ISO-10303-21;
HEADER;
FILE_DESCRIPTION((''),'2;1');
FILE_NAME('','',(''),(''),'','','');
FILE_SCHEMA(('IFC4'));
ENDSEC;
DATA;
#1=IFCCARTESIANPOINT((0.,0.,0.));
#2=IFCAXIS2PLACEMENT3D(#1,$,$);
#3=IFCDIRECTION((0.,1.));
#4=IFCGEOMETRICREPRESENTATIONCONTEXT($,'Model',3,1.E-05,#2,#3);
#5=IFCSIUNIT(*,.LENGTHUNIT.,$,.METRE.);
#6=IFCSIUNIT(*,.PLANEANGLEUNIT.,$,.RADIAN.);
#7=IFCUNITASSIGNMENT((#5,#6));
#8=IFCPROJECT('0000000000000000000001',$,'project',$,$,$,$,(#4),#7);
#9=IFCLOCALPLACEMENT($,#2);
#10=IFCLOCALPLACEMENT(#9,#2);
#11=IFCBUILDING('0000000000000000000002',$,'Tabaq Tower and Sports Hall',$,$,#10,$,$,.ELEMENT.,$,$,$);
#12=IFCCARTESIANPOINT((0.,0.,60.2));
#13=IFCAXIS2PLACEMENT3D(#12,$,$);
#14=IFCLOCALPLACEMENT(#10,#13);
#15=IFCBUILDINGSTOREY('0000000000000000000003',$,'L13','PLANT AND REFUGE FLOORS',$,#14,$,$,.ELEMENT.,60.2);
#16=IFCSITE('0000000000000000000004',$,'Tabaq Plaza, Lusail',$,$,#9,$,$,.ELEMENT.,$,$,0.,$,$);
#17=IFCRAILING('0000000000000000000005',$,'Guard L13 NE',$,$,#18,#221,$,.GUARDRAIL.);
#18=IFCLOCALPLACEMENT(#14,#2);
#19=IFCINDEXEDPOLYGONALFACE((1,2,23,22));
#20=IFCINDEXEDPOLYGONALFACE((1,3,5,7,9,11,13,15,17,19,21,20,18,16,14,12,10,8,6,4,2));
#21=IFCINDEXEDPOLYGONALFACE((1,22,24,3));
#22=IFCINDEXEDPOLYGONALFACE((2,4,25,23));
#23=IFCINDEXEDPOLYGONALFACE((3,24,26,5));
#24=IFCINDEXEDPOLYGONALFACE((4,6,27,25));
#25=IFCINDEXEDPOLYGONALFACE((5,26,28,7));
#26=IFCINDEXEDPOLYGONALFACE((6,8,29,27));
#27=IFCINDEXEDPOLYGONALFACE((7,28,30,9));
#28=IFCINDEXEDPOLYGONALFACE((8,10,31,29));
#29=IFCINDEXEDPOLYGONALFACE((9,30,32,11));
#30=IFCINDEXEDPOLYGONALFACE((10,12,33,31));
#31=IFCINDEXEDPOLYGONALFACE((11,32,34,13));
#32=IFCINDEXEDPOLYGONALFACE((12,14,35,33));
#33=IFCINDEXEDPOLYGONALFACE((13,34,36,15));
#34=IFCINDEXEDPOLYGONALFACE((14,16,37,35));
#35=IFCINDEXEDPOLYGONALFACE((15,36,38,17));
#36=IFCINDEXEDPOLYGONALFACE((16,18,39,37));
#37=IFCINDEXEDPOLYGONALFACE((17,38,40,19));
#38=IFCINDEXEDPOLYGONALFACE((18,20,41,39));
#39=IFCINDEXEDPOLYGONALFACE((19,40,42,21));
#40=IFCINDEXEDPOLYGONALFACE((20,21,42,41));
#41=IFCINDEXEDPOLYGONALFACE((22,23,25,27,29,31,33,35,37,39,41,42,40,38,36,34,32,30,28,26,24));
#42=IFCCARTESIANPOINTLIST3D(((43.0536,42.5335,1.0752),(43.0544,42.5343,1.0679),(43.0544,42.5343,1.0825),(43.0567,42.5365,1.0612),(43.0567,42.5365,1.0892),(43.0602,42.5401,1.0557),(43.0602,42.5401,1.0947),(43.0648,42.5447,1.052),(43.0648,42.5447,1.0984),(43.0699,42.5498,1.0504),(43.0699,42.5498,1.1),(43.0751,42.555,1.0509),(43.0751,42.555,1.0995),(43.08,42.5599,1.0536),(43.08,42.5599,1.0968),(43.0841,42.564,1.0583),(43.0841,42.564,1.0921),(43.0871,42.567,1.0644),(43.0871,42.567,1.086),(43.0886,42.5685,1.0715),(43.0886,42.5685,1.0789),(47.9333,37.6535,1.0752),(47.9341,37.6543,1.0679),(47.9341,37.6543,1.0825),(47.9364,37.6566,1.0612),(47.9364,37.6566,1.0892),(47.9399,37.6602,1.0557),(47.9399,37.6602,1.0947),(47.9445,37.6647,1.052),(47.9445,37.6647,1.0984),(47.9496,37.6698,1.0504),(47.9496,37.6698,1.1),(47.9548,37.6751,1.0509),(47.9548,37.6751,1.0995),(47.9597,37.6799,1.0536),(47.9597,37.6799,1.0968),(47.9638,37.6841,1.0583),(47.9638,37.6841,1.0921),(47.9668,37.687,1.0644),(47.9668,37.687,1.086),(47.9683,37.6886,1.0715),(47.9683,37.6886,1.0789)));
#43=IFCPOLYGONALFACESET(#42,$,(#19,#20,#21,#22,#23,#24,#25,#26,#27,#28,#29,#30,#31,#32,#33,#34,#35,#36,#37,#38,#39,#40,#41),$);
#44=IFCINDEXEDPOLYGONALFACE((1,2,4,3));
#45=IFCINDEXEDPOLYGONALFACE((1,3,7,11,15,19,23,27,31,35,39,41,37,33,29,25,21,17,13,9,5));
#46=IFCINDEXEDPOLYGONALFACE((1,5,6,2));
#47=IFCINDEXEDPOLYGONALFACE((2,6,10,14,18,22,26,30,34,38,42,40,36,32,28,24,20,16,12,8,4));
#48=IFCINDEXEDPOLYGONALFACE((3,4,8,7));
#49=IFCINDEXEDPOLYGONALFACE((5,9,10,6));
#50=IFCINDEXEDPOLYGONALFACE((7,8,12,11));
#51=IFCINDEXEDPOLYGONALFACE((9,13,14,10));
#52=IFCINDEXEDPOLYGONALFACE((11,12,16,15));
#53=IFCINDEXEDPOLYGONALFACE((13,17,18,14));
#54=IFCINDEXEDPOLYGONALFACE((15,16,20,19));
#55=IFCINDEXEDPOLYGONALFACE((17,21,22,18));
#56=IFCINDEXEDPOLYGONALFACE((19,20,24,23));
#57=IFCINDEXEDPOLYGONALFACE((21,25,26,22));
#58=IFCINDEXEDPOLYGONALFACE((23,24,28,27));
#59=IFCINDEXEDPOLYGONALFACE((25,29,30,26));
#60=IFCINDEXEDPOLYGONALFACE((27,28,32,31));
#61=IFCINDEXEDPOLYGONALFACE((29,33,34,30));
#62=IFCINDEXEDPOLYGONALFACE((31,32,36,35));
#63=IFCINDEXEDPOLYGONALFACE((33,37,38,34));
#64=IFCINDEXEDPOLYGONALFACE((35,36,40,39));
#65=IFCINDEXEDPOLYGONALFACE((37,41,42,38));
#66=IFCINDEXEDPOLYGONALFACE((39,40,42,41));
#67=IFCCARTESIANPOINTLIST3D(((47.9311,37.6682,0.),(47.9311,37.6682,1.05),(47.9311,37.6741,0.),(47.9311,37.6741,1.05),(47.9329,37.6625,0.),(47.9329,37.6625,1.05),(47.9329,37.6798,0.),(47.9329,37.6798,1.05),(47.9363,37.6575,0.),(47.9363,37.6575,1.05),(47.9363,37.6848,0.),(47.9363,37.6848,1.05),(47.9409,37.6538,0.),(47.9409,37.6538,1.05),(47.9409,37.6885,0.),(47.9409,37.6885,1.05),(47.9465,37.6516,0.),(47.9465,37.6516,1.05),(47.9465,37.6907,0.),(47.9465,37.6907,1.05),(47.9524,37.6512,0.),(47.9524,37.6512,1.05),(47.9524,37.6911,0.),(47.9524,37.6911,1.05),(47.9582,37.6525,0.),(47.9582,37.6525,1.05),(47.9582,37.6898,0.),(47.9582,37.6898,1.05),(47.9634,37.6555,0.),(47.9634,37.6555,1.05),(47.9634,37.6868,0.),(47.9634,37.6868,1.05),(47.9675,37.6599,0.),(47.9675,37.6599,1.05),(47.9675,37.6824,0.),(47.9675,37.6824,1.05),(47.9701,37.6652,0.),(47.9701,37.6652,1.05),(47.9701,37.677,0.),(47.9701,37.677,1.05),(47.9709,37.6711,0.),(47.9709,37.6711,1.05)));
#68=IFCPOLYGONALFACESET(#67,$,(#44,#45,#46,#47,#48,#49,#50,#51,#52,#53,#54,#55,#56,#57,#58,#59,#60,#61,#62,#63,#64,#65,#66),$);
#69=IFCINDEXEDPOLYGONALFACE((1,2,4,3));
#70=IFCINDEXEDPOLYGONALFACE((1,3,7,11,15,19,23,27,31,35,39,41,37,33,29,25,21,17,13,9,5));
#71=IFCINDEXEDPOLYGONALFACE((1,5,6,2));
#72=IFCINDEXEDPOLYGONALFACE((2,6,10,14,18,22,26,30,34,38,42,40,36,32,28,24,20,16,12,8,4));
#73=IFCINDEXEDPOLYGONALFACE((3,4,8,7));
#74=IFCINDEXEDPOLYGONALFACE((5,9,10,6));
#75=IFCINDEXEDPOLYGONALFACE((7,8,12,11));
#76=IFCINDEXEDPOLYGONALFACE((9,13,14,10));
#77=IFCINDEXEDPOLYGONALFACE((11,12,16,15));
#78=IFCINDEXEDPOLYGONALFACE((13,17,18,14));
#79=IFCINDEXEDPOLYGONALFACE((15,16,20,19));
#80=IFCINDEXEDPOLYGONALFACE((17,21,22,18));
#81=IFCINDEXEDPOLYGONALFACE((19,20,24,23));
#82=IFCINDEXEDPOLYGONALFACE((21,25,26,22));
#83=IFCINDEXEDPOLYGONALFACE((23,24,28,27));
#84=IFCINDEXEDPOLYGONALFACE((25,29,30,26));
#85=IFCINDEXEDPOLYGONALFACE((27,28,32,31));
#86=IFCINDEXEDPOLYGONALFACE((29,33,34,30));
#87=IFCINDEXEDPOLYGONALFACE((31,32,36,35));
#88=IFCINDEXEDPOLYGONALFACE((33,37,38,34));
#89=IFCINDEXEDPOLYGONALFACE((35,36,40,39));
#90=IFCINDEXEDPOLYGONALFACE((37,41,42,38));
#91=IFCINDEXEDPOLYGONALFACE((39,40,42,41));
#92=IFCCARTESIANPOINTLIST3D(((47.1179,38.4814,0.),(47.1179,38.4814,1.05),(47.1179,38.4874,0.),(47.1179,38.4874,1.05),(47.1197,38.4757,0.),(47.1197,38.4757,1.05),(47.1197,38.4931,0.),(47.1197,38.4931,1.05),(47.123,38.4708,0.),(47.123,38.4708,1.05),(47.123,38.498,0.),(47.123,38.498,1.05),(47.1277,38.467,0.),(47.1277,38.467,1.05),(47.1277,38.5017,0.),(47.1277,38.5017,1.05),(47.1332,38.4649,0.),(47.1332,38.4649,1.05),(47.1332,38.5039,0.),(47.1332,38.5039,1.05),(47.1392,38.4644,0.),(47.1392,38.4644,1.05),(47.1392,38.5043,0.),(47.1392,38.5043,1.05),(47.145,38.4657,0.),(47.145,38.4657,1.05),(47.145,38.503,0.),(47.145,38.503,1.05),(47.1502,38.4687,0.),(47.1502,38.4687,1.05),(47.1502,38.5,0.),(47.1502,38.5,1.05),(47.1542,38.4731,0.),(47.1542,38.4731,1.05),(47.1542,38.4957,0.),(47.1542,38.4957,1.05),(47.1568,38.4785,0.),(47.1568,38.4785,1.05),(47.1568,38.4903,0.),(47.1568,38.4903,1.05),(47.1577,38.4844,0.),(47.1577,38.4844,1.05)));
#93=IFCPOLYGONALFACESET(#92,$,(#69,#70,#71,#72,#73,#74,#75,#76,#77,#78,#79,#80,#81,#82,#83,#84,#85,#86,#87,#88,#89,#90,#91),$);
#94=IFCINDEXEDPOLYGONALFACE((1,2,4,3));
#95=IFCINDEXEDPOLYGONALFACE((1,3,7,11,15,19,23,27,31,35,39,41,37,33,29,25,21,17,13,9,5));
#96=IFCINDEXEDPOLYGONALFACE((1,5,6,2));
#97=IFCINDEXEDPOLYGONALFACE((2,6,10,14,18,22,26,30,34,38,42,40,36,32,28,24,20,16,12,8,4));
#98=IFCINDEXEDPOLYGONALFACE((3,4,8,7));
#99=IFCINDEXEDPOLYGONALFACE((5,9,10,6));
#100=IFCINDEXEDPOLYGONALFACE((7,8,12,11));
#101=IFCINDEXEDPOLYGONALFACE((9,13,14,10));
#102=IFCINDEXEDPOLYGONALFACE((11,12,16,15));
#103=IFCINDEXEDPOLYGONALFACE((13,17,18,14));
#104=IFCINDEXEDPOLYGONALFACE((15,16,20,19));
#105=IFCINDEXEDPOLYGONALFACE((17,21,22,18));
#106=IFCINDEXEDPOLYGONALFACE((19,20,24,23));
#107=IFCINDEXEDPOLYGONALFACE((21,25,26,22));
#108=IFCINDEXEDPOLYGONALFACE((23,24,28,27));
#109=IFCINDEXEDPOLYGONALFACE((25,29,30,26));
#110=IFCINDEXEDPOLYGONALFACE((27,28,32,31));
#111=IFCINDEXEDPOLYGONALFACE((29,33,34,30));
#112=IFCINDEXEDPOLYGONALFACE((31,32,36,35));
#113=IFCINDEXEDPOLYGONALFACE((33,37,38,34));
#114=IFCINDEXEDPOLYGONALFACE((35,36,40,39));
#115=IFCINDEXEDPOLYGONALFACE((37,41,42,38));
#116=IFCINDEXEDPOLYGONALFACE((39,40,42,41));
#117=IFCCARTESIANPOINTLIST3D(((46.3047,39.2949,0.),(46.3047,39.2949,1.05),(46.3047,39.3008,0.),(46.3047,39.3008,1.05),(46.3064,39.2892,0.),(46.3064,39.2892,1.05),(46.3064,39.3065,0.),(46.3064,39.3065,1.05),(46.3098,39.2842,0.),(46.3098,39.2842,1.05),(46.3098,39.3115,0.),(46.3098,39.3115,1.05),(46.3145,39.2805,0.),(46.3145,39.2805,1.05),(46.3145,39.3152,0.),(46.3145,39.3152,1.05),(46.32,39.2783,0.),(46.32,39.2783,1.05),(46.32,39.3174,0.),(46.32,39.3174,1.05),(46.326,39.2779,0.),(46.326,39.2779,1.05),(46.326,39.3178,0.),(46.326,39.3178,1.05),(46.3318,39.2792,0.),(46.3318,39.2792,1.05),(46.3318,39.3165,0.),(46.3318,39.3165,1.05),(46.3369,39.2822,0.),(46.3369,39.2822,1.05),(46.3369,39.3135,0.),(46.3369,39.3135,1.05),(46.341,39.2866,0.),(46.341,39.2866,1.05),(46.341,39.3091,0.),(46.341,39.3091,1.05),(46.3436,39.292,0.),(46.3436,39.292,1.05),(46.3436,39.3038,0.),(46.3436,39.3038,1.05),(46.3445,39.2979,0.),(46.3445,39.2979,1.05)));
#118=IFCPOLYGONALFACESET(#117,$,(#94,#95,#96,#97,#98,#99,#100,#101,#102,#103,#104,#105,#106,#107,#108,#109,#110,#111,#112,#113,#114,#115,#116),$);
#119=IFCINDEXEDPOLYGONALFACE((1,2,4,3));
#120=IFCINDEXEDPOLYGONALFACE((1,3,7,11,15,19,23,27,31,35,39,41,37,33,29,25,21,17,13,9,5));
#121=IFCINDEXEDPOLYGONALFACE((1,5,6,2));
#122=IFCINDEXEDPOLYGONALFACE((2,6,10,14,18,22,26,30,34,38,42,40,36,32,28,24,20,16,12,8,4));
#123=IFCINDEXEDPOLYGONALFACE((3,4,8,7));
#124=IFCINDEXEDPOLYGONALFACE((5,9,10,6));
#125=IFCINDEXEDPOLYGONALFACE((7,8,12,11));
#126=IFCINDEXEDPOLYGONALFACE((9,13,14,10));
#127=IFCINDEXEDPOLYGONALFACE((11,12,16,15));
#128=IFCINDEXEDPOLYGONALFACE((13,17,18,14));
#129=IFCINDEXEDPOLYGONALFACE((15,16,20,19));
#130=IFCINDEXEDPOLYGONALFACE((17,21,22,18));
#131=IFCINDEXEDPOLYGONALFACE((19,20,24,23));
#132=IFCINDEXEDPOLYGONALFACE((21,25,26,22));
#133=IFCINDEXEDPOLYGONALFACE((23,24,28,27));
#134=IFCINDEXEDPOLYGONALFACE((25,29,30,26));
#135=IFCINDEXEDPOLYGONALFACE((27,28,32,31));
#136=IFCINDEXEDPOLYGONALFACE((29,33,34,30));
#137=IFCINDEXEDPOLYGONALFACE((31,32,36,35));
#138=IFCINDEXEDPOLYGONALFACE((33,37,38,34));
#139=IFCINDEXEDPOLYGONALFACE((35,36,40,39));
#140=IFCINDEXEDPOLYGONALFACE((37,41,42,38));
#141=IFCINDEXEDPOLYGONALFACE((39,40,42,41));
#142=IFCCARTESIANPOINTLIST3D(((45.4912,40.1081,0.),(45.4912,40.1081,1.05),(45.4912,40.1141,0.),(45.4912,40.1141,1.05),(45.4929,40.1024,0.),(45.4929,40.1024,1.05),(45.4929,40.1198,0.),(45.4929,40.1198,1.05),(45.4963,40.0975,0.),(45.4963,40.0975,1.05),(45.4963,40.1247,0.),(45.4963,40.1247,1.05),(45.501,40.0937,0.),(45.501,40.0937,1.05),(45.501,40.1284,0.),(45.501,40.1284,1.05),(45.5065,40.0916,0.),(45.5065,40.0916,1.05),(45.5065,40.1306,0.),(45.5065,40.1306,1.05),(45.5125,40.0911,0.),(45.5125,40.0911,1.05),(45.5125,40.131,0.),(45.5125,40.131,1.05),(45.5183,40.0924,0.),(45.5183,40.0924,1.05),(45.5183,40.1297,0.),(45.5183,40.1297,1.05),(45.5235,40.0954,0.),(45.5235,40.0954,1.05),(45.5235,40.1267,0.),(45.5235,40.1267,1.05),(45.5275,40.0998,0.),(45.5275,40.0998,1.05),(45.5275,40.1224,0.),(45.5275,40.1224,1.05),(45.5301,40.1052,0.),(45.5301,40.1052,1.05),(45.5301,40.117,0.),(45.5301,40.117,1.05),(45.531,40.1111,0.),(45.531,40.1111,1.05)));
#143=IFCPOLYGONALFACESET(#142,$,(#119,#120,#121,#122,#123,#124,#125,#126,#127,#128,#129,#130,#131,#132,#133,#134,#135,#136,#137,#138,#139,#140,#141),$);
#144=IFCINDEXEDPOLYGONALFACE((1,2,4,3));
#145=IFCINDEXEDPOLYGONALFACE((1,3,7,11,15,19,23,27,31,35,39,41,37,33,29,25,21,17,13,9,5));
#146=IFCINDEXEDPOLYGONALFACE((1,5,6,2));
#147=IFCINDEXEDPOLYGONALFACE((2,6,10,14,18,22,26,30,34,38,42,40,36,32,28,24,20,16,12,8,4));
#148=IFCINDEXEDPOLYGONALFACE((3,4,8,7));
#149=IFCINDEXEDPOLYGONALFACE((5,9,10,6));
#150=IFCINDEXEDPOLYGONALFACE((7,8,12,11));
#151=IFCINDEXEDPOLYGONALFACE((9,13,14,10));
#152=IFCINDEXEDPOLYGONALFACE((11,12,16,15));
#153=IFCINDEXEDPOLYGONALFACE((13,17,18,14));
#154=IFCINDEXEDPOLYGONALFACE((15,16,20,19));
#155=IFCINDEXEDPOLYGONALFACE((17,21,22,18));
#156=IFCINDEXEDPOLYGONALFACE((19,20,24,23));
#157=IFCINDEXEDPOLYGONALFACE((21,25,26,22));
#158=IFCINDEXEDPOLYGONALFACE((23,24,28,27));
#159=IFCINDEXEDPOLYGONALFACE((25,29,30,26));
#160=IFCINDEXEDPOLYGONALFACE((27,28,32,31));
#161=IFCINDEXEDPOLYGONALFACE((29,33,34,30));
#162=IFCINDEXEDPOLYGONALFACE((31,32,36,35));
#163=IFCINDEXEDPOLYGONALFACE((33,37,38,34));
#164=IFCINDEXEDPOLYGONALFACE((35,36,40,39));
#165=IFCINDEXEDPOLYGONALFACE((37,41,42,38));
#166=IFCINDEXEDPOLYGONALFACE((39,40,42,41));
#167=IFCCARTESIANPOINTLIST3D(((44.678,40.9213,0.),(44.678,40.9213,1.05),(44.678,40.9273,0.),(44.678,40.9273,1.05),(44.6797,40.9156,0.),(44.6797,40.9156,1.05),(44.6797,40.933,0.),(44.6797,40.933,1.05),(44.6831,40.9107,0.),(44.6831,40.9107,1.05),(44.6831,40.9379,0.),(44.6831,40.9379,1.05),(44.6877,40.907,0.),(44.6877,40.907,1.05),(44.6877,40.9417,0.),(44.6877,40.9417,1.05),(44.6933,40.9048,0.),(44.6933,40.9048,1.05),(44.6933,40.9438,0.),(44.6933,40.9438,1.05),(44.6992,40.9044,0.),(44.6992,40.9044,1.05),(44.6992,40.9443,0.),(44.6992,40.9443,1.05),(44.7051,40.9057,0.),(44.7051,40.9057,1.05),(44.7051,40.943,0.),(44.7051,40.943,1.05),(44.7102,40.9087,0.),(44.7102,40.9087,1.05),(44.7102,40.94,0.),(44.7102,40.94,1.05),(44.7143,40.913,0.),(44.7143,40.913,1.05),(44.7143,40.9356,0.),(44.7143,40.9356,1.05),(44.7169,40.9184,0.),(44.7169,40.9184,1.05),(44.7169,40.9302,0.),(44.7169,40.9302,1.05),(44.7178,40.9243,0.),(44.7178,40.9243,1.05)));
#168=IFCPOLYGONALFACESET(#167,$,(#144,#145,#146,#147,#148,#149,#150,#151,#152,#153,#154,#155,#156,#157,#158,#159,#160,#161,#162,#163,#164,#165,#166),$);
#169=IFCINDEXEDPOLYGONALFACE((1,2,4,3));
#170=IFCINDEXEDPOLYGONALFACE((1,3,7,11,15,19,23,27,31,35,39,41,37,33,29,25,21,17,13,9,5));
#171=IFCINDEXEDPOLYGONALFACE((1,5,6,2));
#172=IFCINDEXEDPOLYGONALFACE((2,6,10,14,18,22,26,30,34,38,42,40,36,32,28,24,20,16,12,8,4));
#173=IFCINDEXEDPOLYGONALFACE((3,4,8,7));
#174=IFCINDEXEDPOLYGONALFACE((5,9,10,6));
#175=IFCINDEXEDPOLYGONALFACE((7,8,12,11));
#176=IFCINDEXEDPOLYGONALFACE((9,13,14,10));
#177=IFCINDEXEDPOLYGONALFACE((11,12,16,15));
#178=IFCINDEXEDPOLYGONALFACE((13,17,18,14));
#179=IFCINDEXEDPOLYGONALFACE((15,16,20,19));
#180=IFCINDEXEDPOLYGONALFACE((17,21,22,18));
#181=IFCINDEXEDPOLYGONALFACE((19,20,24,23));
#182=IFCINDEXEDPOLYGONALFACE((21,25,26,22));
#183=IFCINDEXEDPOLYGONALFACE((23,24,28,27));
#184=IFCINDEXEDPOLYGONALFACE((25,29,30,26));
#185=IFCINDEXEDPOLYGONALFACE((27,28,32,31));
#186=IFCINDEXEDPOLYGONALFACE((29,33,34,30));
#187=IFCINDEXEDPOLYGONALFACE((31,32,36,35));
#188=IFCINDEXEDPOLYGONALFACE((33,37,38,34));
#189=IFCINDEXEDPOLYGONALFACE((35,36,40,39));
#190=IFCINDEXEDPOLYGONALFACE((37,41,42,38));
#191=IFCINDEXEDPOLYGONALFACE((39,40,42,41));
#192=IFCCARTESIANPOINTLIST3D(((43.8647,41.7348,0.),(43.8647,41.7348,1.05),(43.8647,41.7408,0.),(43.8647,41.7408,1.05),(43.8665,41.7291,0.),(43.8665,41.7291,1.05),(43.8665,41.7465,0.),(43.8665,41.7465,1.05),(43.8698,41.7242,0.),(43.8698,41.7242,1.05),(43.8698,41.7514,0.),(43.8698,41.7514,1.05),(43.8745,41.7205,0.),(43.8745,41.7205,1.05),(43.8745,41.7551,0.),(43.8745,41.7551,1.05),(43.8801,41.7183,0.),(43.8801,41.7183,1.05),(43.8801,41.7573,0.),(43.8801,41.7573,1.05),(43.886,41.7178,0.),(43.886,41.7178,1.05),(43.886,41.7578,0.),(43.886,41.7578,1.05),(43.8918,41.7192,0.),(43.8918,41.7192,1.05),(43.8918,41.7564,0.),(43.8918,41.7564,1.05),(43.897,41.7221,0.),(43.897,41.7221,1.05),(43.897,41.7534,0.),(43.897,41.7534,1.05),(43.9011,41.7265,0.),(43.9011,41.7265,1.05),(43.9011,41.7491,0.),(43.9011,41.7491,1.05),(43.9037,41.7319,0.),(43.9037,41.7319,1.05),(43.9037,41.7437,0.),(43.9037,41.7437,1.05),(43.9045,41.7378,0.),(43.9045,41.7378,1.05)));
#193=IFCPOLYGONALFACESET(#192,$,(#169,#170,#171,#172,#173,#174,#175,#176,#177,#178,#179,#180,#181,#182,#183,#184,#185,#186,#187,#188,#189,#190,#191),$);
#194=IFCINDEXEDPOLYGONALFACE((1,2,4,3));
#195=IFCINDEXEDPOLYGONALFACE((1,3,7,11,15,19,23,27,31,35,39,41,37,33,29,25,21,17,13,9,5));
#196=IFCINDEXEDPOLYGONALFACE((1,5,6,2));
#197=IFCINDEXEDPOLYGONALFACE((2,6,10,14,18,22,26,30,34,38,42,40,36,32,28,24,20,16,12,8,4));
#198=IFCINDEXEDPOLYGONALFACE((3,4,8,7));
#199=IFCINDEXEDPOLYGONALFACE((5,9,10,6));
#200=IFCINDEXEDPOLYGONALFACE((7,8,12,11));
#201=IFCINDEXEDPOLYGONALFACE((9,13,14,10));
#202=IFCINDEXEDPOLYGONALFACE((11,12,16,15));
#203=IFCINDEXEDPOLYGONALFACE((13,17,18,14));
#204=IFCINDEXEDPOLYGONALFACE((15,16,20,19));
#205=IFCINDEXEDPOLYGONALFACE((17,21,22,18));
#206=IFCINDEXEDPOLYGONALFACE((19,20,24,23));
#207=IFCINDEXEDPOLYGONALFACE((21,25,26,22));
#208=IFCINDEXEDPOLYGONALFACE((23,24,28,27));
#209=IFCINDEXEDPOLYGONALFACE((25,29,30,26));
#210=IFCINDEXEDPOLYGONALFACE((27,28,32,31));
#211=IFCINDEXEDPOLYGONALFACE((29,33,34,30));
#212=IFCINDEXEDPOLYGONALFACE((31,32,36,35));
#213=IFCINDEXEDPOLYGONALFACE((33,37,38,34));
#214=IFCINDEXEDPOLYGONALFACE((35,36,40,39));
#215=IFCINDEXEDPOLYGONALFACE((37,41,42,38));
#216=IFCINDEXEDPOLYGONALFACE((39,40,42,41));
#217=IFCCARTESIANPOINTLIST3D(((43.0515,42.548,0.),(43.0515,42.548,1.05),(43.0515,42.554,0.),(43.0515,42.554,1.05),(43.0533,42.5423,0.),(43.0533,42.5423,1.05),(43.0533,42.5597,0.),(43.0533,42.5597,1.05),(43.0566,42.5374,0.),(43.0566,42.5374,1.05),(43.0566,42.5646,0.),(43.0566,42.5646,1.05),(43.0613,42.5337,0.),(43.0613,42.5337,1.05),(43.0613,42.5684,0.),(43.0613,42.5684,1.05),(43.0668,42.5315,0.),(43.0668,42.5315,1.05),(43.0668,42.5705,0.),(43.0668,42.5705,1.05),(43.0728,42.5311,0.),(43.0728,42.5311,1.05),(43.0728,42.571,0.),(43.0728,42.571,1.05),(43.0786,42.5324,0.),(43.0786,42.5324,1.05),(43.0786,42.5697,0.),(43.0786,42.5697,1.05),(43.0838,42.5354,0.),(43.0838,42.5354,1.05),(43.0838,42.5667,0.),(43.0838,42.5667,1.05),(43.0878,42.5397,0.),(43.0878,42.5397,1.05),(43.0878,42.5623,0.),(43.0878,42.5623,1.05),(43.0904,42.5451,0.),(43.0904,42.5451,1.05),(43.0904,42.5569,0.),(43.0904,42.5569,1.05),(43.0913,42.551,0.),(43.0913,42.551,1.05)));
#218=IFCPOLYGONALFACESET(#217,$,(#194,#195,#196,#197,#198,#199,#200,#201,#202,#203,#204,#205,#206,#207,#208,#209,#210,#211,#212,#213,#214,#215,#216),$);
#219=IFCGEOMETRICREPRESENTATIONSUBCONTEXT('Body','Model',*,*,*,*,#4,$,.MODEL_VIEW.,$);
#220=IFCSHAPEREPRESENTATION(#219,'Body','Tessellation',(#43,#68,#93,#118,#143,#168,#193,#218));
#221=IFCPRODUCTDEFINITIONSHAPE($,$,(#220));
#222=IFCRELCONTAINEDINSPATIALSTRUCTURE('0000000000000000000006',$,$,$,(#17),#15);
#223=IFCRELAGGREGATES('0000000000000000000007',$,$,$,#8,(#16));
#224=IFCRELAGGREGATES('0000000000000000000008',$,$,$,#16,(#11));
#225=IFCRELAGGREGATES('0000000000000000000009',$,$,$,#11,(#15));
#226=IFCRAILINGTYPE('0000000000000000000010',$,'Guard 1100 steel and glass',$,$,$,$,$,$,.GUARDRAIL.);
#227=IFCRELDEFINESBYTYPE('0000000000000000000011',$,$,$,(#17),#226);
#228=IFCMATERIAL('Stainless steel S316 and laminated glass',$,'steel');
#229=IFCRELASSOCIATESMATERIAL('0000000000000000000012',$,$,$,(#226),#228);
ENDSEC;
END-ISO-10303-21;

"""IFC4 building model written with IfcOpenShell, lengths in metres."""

from ifc_helpers import new_model, si_unit, direction, frame, origin, origin_2d, place, context, subcontext, project, spatial, circle, extrude, material, type_object, element, save


model = new_model("IFC4")

# Units and contexts
model_context = context("Model", 3, precision=1e-05, world=origin(), true_north=direction((0.0, 1.0)))
body_context = subcontext(model_context, "Body", "Model", "MODEL_VIEW")
ifc_project = project(units=[si_unit("LENGTHUNIT", "METRE"), si_unit("PLANEANGLEUNIT", "RADIAN")], contexts=[model_context])

# Site, building, storey
site_placement = place(None, origin())
site = spatial("IfcSite", under=ifc_project, at=site_placement, Name="Tabaq Plaza, Lusail", CompositionType="ELEMENT", RefElevation=0.0)
building_placement = place(site_placement, origin())
building = spatial("IfcBuilding", under=site, at=building_placement, Name="Tabaq Tower and Sports Hall", CompositionType="ELEMENT")
storey_placement = place(building_placement, frame((0.0, 0.0, 60.2)))
storey = spatial("IfcBuildingStorey", under=building, at=storey_placement, Name="L13", Description="PLANT AND REFUGE FLOORS", CompositionType="ELEMENT", Elevation=60.2)

# Railing
ifc_material_1 = material(Name="Stainless steel S316 and laminated glass", Category="steel")
railing_type = type_object("IfcRailingType", Name="Guard 1100 steel and glass", PredefinedType="GUARDRAIL", material=ifc_material_1)
railing_1_placement = place(storey_placement, frame((47.9509, 37.6711, 0.0)))
element("IfcRailing", 1, at=railing_1_placement, inside=storey, type_object=railing_type, Name="Guard L13 NE", PredefinedType="GUARDRAIL", context=body_context, shape_type="SweptSolid", body=[
    extrude(circle(Radius=0.0249, at=origin_2d()), frame((0.0, 0.0, 1.0752), z_axis=(-0.707089, 0.707124, 0.0), x_axis=(-0.707124, -0.707089, 0.0)), (0.0, 0.0, 1.0), 6.9011),
    extrude(circle(Radius=0.02, at=origin_2d()), origin(), (0.0, 0.0, 1.0), 1.05),
    extrude(circle(Radius=0.02, at=origin_2d()), frame((-0.8132, 0.8132, 0.0)), (0.0, 0.0, 1.0), 1.05),
    extrude(circle(Radius=0.02, at=origin_2d()), frame((-1.6265, 1.6267, 0.0)), (0.0, 0.0, 1.0), 1.05),
    extrude(circle(Radius=0.02, at=origin_2d()), frame((-2.4399, 2.4399, 0.0)), (0.0, 0.0, 1.0), 1.05),
    extrude(circle(Radius=0.02, at=origin_2d()), frame((-3.2532, 3.2532, 0.0)), (0.0, 0.0, 1.0), 1.05),
    extrude(circle(Radius=0.02, at=origin_2d()), frame((-4.0664, 4.0667, 0.0)), (0.0, 0.0, 1.0), 1.05),
    extrude(circle(Radius=0.02, at=origin_2d()), frame((-4.8796, 4.8799, 0.0)), (0.0, 0.0, 1.0), 1.05),
])

save(model, "model.ifc")
